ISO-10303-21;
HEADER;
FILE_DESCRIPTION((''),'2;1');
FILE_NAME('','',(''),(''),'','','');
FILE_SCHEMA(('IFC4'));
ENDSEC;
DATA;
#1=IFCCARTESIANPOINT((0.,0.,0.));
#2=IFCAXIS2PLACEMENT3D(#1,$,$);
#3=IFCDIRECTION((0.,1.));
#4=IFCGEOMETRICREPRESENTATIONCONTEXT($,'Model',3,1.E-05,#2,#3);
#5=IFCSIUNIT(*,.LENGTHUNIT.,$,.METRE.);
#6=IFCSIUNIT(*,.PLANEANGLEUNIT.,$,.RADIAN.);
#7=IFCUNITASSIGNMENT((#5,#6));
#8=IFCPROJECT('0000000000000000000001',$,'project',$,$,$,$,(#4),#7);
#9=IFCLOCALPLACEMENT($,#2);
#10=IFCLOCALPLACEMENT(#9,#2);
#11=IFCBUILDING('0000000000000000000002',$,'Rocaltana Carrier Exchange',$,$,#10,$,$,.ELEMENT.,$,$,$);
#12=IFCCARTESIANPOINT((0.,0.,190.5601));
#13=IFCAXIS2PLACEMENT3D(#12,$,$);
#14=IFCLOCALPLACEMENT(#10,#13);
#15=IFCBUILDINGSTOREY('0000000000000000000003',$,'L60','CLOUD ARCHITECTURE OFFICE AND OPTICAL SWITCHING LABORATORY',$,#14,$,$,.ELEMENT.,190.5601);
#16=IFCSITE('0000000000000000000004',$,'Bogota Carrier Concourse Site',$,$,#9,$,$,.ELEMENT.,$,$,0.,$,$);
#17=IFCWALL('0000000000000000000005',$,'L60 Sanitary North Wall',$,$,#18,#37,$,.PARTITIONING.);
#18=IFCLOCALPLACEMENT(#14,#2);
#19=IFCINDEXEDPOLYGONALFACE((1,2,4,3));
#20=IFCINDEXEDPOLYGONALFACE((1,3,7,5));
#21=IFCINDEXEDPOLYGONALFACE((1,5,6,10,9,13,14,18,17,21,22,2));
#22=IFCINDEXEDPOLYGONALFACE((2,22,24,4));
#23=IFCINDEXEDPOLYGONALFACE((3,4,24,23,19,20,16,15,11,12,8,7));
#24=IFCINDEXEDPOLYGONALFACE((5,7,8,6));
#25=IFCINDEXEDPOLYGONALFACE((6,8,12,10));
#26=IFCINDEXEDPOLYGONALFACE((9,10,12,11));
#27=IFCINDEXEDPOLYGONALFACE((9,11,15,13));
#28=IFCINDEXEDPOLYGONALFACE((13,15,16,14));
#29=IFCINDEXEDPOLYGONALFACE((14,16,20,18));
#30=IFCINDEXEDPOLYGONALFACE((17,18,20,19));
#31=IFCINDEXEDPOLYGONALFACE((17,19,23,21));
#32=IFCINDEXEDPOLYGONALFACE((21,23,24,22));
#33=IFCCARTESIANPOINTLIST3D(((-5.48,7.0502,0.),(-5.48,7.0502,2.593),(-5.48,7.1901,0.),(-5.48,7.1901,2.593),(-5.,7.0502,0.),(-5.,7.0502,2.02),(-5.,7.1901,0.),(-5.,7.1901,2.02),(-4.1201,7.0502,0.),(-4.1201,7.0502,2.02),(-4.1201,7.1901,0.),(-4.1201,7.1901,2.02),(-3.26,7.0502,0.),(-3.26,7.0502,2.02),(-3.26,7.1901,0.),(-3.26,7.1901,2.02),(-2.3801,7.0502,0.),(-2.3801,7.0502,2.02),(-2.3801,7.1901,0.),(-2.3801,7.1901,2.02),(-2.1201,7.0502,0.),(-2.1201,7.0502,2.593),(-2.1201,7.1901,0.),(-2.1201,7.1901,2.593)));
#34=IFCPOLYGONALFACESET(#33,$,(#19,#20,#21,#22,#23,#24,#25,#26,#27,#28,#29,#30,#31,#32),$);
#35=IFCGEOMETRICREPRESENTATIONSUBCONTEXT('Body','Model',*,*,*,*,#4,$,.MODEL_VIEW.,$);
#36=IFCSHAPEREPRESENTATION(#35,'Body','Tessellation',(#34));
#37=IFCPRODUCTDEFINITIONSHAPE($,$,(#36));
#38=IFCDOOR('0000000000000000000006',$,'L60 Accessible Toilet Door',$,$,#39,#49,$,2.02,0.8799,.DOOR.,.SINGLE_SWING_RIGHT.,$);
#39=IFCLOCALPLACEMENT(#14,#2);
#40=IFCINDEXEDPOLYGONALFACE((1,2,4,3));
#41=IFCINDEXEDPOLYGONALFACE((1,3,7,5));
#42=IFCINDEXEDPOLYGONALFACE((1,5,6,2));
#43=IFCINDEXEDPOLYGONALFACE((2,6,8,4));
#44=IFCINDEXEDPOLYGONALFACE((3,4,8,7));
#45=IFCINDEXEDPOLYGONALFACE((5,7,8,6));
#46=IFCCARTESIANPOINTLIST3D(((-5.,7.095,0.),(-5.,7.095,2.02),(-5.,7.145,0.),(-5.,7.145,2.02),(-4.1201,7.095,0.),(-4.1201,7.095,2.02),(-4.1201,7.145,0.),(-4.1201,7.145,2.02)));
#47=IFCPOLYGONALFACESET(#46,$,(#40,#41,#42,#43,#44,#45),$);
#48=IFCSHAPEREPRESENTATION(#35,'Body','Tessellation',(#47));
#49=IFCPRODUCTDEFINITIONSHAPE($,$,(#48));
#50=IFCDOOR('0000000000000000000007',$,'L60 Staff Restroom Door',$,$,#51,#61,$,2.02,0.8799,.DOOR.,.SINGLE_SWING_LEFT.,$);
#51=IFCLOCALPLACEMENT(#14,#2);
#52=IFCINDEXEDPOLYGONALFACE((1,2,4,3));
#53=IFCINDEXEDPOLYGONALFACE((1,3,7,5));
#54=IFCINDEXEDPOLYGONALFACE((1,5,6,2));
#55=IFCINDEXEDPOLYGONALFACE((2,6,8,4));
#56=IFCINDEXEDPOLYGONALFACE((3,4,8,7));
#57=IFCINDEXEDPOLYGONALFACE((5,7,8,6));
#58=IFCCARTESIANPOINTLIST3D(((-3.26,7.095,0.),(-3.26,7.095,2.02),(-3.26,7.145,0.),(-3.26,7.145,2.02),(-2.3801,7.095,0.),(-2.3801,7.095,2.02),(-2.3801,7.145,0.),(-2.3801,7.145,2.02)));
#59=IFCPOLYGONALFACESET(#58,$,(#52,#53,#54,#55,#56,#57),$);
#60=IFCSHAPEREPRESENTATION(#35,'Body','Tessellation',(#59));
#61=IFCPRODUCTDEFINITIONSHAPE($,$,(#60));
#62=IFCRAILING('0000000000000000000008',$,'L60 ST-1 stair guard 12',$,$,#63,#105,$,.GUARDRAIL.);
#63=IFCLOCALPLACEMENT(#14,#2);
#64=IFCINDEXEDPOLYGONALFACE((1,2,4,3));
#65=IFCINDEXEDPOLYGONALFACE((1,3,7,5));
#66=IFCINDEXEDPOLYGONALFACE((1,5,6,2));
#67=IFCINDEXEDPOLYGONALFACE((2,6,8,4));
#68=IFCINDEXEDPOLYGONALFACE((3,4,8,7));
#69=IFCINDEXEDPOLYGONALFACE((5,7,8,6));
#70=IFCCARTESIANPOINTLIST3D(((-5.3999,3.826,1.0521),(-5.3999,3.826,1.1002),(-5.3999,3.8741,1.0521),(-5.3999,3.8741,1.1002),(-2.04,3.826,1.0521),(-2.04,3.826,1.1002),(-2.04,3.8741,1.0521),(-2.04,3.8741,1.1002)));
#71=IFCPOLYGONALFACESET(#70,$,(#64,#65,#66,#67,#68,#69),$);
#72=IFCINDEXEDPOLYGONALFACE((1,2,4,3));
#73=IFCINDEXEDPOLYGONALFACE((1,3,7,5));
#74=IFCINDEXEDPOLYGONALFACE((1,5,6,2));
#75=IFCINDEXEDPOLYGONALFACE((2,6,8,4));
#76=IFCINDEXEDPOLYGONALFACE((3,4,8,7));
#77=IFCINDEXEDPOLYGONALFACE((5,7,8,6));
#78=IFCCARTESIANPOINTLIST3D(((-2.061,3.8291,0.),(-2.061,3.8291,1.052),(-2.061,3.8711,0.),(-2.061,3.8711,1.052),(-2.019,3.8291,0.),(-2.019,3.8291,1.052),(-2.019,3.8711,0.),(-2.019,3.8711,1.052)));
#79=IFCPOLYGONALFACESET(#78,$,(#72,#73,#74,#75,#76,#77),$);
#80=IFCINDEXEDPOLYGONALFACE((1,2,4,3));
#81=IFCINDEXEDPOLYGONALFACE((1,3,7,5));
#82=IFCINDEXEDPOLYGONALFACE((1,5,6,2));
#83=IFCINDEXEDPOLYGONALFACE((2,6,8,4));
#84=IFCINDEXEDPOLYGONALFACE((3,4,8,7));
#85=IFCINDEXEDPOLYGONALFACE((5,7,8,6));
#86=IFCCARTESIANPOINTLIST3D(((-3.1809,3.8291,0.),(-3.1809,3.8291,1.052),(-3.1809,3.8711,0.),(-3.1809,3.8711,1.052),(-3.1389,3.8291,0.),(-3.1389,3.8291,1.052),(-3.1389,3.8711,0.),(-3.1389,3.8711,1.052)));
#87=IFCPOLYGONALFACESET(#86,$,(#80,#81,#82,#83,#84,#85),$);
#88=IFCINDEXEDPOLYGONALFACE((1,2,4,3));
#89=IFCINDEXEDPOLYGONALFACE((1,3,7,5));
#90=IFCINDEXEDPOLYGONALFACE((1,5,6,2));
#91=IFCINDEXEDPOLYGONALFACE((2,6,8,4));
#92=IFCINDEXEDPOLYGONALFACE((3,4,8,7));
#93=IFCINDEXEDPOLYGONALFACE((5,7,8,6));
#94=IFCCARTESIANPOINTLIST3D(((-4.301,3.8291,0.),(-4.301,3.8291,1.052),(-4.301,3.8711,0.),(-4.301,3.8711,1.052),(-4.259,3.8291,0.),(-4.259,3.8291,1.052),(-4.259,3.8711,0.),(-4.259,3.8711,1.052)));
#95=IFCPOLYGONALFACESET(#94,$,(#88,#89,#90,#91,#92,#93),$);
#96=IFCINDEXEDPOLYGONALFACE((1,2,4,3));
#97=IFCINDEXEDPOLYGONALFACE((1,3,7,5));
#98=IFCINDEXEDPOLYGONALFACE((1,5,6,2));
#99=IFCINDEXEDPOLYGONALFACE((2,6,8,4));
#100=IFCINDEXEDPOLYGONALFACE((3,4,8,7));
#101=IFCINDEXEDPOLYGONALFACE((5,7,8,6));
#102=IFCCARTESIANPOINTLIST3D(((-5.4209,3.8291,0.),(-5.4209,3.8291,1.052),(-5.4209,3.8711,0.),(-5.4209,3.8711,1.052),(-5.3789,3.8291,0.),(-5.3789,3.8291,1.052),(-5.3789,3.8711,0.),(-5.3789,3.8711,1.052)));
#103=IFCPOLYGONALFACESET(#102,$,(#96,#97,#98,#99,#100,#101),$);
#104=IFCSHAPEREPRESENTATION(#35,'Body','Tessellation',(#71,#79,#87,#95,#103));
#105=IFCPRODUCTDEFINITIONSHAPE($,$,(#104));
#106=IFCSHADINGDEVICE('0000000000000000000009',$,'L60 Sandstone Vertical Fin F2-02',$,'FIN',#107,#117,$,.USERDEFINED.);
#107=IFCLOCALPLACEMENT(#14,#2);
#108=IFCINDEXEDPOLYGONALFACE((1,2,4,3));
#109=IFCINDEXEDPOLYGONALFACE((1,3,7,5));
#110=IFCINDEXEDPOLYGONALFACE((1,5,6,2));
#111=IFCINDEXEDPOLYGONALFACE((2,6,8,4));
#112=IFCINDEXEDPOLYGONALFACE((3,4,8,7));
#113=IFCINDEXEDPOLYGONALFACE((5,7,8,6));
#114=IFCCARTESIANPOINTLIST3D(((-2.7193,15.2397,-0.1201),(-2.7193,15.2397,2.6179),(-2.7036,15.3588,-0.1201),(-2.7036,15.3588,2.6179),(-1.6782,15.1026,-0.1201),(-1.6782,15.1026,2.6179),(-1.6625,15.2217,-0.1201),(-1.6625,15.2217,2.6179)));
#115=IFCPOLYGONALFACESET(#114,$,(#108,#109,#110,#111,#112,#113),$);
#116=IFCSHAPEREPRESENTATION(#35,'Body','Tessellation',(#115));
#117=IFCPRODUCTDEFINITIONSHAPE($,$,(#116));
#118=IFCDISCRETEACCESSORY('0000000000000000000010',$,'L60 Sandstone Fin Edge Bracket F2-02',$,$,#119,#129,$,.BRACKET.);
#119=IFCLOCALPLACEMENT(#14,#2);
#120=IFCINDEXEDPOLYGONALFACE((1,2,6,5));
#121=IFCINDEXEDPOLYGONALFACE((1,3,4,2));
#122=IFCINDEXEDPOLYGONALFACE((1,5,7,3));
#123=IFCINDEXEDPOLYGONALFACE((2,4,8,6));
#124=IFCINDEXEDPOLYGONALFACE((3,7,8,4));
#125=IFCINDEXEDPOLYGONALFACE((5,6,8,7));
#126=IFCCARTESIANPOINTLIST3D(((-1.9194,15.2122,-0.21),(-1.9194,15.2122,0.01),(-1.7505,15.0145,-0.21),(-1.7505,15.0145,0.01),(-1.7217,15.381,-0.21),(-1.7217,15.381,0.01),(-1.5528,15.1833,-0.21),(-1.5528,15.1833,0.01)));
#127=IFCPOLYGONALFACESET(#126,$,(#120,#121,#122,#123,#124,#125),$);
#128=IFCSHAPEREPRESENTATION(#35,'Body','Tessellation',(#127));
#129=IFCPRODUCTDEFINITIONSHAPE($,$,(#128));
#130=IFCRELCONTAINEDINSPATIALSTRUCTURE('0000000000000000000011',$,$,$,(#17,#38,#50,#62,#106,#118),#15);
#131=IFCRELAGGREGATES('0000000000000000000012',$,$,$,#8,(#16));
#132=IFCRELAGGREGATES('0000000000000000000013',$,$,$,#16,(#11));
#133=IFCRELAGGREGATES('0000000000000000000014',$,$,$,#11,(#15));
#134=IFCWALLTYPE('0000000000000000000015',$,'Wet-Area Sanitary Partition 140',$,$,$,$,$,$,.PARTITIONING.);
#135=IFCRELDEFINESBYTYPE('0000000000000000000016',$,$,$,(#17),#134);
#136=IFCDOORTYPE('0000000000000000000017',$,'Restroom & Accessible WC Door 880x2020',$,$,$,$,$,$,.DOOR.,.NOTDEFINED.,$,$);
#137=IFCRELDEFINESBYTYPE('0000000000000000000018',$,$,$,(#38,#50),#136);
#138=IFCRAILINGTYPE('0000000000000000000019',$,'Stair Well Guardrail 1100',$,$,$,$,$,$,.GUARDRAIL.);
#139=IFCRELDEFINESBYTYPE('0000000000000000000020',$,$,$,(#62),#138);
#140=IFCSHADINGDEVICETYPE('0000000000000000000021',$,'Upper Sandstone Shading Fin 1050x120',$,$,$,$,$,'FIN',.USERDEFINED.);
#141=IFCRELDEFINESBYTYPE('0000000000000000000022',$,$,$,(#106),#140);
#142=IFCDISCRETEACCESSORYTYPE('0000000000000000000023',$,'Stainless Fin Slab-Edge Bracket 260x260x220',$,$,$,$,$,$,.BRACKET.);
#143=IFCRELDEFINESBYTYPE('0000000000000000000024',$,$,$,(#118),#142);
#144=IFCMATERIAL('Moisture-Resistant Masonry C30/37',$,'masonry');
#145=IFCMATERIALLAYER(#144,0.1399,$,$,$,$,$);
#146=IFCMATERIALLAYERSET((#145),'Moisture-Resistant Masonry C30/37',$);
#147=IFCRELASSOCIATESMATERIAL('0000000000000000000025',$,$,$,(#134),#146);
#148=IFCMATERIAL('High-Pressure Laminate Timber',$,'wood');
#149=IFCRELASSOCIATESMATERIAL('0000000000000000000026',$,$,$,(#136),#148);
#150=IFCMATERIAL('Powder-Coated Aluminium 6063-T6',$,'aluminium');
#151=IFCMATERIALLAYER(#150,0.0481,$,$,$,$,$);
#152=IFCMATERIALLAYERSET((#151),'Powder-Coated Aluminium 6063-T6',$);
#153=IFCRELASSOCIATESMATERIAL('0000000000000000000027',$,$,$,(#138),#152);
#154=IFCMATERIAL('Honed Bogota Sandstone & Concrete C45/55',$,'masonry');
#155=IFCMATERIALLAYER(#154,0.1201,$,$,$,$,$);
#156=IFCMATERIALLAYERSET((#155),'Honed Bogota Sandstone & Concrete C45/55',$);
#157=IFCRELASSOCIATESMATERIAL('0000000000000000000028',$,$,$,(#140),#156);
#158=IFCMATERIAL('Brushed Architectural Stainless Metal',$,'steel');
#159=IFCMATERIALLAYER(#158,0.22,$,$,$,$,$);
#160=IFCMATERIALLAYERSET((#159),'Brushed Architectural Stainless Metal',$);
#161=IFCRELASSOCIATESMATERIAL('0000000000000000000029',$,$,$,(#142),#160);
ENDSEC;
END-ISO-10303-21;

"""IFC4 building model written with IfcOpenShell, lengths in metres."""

from ifc_helpers import new_model, si_unit, direction, frame, frame_2d, origin, origin_2d, place, context, subcontext, project, spatial, rectangle, extrude, material, layer, layer_set, type_object, element, fill, save


model = new_model("IFC4")

# Units and contexts
model_context = context("Model", 3, precision=1e-05, world=origin(), true_north=direction((0.0, 1.0)))
body_context = subcontext(model_context, "Body", "Model", "MODEL_VIEW")
ifc_project = project(units=[si_unit("LENGTHUNIT", "METRE"), si_unit("PLANEANGLEUNIT", "RADIAN")], contexts=[model_context])

# Site, building, storey
site_placement = place(None, origin())
site = spatial("IfcSite", under=ifc_project, at=site_placement, Name="Bogota Carrier Concourse Site", CompositionType="ELEMENT", RefElevation=0.0)
building_placement = place(site_placement, origin())
building = spatial("IfcBuilding", under=site, at=building_placement, Name="Rocaltana Carrier Exchange", CompositionType="ELEMENT")
storey_placement = place(building_placement, frame((0.0, 0.0, 190.5601)))
storey = spatial("IfcBuildingStorey", under=building, at=storey_placement, Name="L60", Description="CLOUD ARCHITECTURE OFFICE AND OPTICAL SWITCHING LABORATORY", CompositionType="ELEMENT", Elevation=190.5601)

# Shared definitions
ifc_material_1 = material(Name="Moisture-Resistant Masonry C30/37", Category="masonry")
ifc_layer_1 = layer(ifc_material_1, 0.1399)
ifc_layer_set_1 = layer_set([ifc_layer_1], Name="Moisture-Resistant Masonry C30/37")
wall_type_1 = type_object("IfcWallType", Name="Wet-Area Sanitary Partition 140", PredefinedType="PARTITIONING", material=ifc_layer_set_1)

# Wall, openings, doors
wall_1_placement = place(storey_placement, frame((-5.48, 7.1201, 0.0), z_axis=(0.0, 0.0, 1.0), x_axis=(1.0, 0.0, 0.0)))
wall_1 = element("IfcWall", 1, at=wall_1_placement, inside=storey, type_object=wall_type_1, Name="L60 Sanitary North Wall", PredefinedType="PARTITIONING", context=body_context, shape_type="SweptSolid", body=[
    extrude(rectangle(XDim=3.3599, YDim=0.1399, at=frame_2d((1.6799, 0.0))), origin(), (0.0, 0.0, 1.0), 2.593),
])
opening_1_placement = place(wall_1_placement, frame((0.48, 0.0, 0.0)))
opening_1 = element("IfcOpeningElement", 2, at=opening_1_placement, cuts=wall_1, PredefinedType="OPENING", context=body_context, shape_type="SweptSolid", body=[
    extrude(rectangle(XDim=0.8799, YDim=2.02, at=frame_2d((0.4399, 1.01))), frame((0.0, 0.0798, 0.0), z_axis=(0.0, -1.0, 0.0), x_axis=(1.0, 0.0, 0.0)), (0.0, 0.0, 1.0), 0.1599),
])
opening_2_placement = place(wall_1_placement, frame((2.22, 0.0, 0.0)))
opening_2 = element("IfcOpeningElement", 3, at=opening_2_placement, cuts=wall_1, PredefinedType="OPENING", context=body_context, shape_type="SweptSolid", body=[
    extrude(rectangle(XDim=0.8799, YDim=2.02, at=frame_2d((0.4399, 1.01))), frame((0.0, 0.0798, 0.0), z_axis=(0.0, -1.0, 0.0), x_axis=(1.0, 0.0, 0.0)), (0.0, 0.0, 1.0), 0.1599),
])
ifc_material_2 = material(Name="High-Pressure Laminate Timber", Category="wood")
door_type = type_object("IfcDoorType", Name="Restroom & Accessible WC Door 880x2020", OperationType="NOTDEFINED", PredefinedType="DOOR", material=ifc_material_2)
door_1_placement = place(opening_1_placement, origin())
door_1 = element("IfcDoor", 4, at=door_1_placement, inside=storey, type_object=door_type, Name="L60 Accessible Toilet Door", OperationType="SINGLE_SWING_RIGHT", OverallHeight=2.02, OverallWidth=0.8799, PredefinedType="DOOR", context=body_context, shape_type="SweptSolid", body=[
    extrude(rectangle(XDim=0.8799, YDim=2.02, at=frame_2d((0.4399, 1.01))), frame((0.0, 0.0249, 0.0), z_axis=(0.0, -1.0, 0.0), x_axis=(1.0, 0.0, 0.0)), (0.0, 0.0, 1.0), 0.05),
])
fill(opening_1, door_1)
door_2_placement = place(opening_2_placement, origin())
door_2 = element("IfcDoor", 5, at=door_2_placement, inside=storey, type_object=door_type, Name="L60 Staff Restroom Door", OperationType="SINGLE_SWING_LEFT", OverallHeight=2.02, OverallWidth=0.8799, PredefinedType="DOOR", context=body_context, shape_type="SweptSolid", body=[
    extrude(rectangle(XDim=0.8799, YDim=2.02, at=frame_2d((0.4399, 1.01))), frame((0.0, 0.0249, 0.0), z_axis=(0.0, -1.0, 0.0), x_axis=(1.0, 0.0, 0.0)), (0.0, 0.0, 1.0), 0.05),
])
fill(opening_2, door_2)

# Railing
ifc_material_3 = material(Name="Powder-Coated Aluminium 6063-T6", Category="aluminium")
ifc_layer_2 = layer(ifc_material_3, 0.0481)
ifc_layer_set_2 = layer_set([ifc_layer_2], Name="Powder-Coated Aluminium 6063-T6")
railing_type = type_object("IfcRailingType", Name="Stair Well Guardrail 1100", PredefinedType="GUARDRAIL", material=ifc_layer_set_2)
railing_placement = place(storey_placement, frame((-2.04, 3.8501, 0.0)))
element("IfcRailing", 6, at=railing_placement, inside=storey, type_object=railing_type, Name="L60 ST-1 stair guard 12", PredefinedType="GUARDRAIL", context=body_context, shape_type="SweptSolid", body=[
    extrude(rectangle(XDim=0.0481, YDim=0.0481, at=origin_2d()), frame((0.0, 0.0, 1.0762), z_axis=(-1.0, 0.0, 0.0), x_axis=(0.0, -1.0, 0.0)), (0.0, 0.0, 1.0), 3.3599),
    extrude(rectangle(XDim=0.042, YDim=0.042, at=origin_2d()), origin(), (0.0, 0.0, 1.0), 1.052),
    extrude(rectangle(XDim=0.042, YDim=0.042, at=origin_2d()), frame((-1.1199, 0.0, 0.0)), (0.0, 0.0, 1.0), 1.052),
    extrude(rectangle(XDim=0.042, YDim=0.042, at=origin_2d()), frame((-2.24, 0.0, 0.0)), (0.0, 0.0, 1.0), 1.052),
    extrude(rectangle(XDim=0.042, YDim=0.042, at=origin_2d()), frame((-3.3599, 0.0, 0.0)), (0.0, 0.0, 1.0), 1.052),
])

# Shading device
ifc_material_4 = material(Name="Honed Bogota Sandstone & Concrete C45/55", Category="masonry")
ifc_layer_3 = layer(ifc_material_4, 0.1201)
ifc_layer_set_3 = layer_set([ifc_layer_3], Name="Honed Bogota Sandstone & Concrete C45/55")
shading_device_type = type_object("IfcShadingDeviceType", Name="Upper Sandstone Shading Fin 1050x120", ElementType="FIN", PredefinedType="USERDEFINED", material=ifc_layer_set_3)
shading_device_placement = place(storey_placement, frame((-2.1909, 15.2307, -0.1201), z_axis=(0.0, 0.0, 1.0), x_axis=(-0.991445, 0.130526, 0.0)))
element("IfcShadingDevice", 7, at=shading_device_placement, inside=storey, type_object=shading_device_type, Name="L60 Sandstone Vertical Fin F2-02", ObjectType="FIN", PredefinedType="USERDEFINED", context=body_context, shape_type="SweptSolid", body=[
    extrude(rectangle(XDim=1.05, YDim=0.1201, at=origin_2d()), origin(), (0.0, 0.0, 1.0), 2.738),
])

# Discrete accessory
ifc_material_5 = material(Name="Brushed Architectural Stainless Metal", Category="steel")
ifc_layer_4 = layer(ifc_material_5, 0.22)
ifc_layer_set_4 = layer_set([ifc_layer_4], Name="Brushed Architectural Stainless Metal")
discrete_accessory_type = type_object("IfcDiscreteAccessoryType", Name="Stainless Fin Slab-Edge Bracket 260x260x220", PredefinedType="BRACKET", material=ifc_layer_set_4)
discrete_accessory_placement = place(storey_placement, frame((-1.7361, 15.1978, -0.21), z_axis=(0.0, 0.0, 1.0), x_axis=(-0.760406, -0.649448, 0.0)))
element("IfcDiscreteAccessory", 8, at=discrete_accessory_placement, inside=storey, type_object=discrete_accessory_type, Name="L60 Sandstone Fin Edge Bracket F2-02", PredefinedType="BRACKET", context=body_context, shape_type="SweptSolid", body=[
    extrude(rectangle(XDim=0.26, YDim=0.26, at=origin_2d()), origin(), (0.0, 0.0, 1.0), 0.22),
])

save(model, "model.ifc")
